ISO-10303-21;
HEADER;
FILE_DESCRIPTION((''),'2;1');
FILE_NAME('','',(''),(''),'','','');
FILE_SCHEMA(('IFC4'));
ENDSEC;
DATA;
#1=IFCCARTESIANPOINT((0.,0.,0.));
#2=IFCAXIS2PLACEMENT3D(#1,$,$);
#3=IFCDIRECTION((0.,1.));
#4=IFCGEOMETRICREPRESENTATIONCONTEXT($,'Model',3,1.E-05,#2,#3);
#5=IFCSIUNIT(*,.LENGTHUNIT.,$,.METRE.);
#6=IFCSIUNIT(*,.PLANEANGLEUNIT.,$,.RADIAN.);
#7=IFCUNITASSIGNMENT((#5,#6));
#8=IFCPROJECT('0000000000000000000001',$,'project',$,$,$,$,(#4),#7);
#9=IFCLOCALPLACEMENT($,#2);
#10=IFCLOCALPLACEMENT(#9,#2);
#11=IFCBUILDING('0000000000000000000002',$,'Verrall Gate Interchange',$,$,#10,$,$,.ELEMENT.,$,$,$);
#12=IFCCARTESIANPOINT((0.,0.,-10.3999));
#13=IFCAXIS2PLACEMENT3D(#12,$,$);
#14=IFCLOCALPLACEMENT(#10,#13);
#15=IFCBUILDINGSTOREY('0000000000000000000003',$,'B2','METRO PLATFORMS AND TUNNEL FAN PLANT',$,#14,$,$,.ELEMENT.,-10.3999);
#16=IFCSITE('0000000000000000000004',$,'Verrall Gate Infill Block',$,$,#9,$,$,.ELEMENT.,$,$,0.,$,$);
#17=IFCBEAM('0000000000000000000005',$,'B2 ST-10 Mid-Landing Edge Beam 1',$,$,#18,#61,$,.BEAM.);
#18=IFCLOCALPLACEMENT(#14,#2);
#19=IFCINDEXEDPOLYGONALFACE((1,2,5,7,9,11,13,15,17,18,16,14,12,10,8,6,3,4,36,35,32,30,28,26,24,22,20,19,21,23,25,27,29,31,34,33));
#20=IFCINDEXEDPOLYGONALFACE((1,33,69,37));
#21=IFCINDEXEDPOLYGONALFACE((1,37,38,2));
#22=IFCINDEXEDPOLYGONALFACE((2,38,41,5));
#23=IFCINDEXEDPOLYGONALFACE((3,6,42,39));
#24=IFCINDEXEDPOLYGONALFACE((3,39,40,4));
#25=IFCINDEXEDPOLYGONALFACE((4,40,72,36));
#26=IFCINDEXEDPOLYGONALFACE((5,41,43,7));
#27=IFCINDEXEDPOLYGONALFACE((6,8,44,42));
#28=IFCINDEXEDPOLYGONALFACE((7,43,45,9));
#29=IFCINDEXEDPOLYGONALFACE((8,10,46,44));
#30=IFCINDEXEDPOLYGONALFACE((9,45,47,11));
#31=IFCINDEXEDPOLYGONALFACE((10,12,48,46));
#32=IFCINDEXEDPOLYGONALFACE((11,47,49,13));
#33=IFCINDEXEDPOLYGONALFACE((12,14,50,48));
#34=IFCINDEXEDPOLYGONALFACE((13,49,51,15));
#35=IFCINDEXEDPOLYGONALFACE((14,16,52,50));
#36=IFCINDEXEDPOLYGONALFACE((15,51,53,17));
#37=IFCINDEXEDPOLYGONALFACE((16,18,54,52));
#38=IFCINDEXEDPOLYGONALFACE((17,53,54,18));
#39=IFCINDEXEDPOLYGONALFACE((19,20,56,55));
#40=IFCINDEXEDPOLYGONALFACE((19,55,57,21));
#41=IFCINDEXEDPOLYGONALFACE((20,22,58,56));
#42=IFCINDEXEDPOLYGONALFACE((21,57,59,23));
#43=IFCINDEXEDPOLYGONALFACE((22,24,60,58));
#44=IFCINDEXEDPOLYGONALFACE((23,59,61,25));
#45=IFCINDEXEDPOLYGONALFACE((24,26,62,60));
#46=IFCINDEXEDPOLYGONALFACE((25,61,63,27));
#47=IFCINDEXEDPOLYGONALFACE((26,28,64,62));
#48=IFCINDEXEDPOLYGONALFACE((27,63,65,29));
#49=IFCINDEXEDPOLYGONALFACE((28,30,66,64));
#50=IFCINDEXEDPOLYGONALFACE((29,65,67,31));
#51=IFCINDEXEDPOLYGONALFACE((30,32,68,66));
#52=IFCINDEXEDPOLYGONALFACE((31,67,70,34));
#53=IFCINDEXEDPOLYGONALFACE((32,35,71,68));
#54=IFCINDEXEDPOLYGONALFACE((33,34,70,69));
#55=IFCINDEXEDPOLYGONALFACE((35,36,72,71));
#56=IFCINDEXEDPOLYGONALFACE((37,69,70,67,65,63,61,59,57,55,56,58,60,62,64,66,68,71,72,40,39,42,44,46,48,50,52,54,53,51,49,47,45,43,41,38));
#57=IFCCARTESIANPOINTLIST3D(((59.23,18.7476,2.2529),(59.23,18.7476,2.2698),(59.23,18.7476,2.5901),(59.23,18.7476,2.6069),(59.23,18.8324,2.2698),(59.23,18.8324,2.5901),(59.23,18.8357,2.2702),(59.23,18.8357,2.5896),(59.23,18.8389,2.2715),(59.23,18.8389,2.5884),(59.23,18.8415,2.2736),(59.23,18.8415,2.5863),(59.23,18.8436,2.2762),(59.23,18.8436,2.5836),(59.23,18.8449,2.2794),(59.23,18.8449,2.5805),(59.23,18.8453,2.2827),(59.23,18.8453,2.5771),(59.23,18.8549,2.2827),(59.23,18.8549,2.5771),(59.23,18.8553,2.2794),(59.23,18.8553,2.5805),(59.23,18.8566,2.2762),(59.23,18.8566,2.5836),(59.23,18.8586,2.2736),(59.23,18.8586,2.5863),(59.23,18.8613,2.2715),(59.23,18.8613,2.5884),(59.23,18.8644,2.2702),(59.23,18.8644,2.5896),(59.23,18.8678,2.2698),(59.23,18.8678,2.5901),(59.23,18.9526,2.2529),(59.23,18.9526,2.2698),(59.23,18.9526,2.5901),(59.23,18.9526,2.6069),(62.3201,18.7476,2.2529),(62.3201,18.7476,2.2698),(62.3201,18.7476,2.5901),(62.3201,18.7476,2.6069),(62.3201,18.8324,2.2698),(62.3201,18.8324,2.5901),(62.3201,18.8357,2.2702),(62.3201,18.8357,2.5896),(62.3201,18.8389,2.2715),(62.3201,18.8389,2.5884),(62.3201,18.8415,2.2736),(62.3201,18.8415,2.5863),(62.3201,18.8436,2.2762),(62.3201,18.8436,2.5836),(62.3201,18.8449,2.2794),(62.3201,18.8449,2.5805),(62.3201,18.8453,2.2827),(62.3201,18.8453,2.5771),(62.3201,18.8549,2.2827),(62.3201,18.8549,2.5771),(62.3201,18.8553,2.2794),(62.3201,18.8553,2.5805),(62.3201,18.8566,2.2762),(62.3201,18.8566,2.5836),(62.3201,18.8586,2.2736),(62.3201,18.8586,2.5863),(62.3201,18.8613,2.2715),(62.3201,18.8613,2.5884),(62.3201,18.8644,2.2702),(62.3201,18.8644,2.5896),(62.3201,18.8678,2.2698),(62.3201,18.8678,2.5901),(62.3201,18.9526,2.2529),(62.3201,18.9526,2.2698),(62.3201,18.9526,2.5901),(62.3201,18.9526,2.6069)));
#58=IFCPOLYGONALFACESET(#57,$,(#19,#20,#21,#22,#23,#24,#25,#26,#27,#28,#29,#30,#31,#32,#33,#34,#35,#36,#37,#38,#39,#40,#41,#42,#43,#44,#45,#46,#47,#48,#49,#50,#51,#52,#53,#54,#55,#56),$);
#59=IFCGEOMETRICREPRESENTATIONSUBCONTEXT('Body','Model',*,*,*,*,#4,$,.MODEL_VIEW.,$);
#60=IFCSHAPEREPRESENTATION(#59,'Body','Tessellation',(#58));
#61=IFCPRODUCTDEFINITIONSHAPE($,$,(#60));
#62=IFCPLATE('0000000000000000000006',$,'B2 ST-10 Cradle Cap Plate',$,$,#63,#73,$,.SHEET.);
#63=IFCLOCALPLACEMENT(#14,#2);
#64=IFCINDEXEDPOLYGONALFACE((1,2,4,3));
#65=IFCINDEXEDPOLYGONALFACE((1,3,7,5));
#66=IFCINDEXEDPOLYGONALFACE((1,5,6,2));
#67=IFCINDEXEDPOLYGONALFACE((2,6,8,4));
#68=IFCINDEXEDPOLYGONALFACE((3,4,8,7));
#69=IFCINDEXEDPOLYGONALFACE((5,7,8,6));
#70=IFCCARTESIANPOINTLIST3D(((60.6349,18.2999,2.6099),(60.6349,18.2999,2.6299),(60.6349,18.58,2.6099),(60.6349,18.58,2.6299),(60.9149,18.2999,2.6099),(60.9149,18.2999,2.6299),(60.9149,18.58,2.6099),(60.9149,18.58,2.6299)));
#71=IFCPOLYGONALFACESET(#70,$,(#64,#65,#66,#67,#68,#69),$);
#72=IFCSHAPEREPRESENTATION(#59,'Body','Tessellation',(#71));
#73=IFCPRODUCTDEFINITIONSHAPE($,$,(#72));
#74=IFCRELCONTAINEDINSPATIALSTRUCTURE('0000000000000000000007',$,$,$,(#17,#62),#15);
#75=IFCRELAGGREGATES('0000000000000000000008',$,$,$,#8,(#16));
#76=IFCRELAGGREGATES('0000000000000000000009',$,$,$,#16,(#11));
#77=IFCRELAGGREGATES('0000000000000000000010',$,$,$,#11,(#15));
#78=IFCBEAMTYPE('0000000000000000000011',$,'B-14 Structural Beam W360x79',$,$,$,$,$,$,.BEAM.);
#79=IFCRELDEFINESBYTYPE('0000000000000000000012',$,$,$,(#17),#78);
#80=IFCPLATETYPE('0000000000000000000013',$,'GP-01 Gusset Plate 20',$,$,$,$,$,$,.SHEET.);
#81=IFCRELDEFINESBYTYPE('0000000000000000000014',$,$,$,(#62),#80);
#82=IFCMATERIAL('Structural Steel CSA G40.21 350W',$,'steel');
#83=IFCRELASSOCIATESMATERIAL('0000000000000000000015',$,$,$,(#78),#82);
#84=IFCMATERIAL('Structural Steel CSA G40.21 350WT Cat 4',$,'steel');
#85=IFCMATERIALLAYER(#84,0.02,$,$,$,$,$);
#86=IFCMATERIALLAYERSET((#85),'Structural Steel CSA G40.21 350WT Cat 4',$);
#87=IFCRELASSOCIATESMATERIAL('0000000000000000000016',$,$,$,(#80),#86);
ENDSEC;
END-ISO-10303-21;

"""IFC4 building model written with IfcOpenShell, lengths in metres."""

from ifc_helpers import new_model, si_unit, direction, frame, origin, origin_2d, place, context, subcontext, project, spatial, rectangle, i_section, extrude, material, layer, layer_set, material_profile, profile_set, type_object, element, save


model = new_model("IFC4")

# Units and contexts
model_context = context("Model", 3, precision=1e-05, world=origin(), true_north=direction((0.0, 1.0)))
body_context = subcontext(model_context, "Body", "Model", "MODEL_VIEW")
ifc_project = project(units=[si_unit("LENGTHUNIT", "METRE"), si_unit("PLANEANGLEUNIT", "RADIAN")], contexts=[model_context])

# Site, building, storey
site_placement = place(None, origin())
site = spatial("IfcSite", under=ifc_project, at=site_placement, Name="Verrall Gate Infill Block", CompositionType="ELEMENT", RefElevation=0.0)
building_placement = place(site_placement, origin())
building = spatial("IfcBuilding", under=site, at=building_placement, Name="Verrall Gate Interchange", CompositionType="ELEMENT")
storey_placement = place(building_placement, frame((0.0, 0.0, -10.3999)))
storey = spatial("IfcBuildingStorey", under=building, at=storey_placement, Name="B2", Description="METRO PLATFORMS AND TUNNEL FAN PLANT", CompositionType="ELEMENT", Elevation=-10.3999)

# Beam
ifc_material_1 = material(Name="Structural Steel CSA G40.21 350W", Category="steel")
ifc_material_profile_1 = material_profile(ifc_material_1, i_section(OverallWidth=0.2051, OverallDepth=0.354, WebThickness=0.0095, FlangeThickness=0.0168, FilletRadius=0.0129, at=origin_2d()), Name="W360x79")
ifc_profile_set_1 = profile_set([ifc_material_profile_1], Name="Structural Steel CSA G40.21 350W")
beam_type = type_object("IfcBeamType", Name="B-14 Structural Beam W360x79", PredefinedType="BEAM", material=ifc_profile_set_1)
beam_placement = place(storey_placement, frame((59.23, 18.8501, 2.4299), z_axis=(1.0, 0.0, 0.0), x_axis=(0.0, 1.0, 0.0)))
element("IfcBeam", 1, at=beam_placement, inside=storey, type_object=beam_type, Name="B2 ST-10 Mid-Landing Edge Beam 1", PredefinedType="BEAM", context=body_context, shape_type="SweptSolid", body=[
    extrude(i_section(OverallWidth=0.2051, OverallDepth=0.354, WebThickness=0.0095, FlangeThickness=0.0168, FilletRadius=0.0129, at=origin_2d()), origin(), (0.0, 0.0, 1.0), 3.0901),
])

# Plate
ifc_material_2 = material(Name="Structural Steel CSA G40.21 350WT Cat 4", Category="steel")
ifc_layer = layer(ifc_material_2, 0.02)
ifc_layer_set = layer_set([ifc_layer], Name="Structural Steel CSA G40.21 350WT Cat 4")
plate_type = type_object("IfcPlateType", Name="GP-01 Gusset Plate 20", PredefinedType="SHEET", material=ifc_layer_set)
plate_placement = place(storey_placement, frame((60.7749, 18.4399, 2.6099), z_axis=(0.0, 0.0, 1.0), x_axis=(1.0, 0.0, 0.0)))
element("IfcPlate", 2, at=plate_placement, inside=storey, type_object=plate_type, Name="B2 ST-10 Cradle Cap Plate", PredefinedType="SHEET", context=body_context, shape_type="SweptSolid", body=[
    extrude(rectangle(XDim=0.28, YDim=0.28, at=origin_2d()), origin(), (0.0, 0.0, 1.0), 0.02),
])

save(model, "model.ifc")
